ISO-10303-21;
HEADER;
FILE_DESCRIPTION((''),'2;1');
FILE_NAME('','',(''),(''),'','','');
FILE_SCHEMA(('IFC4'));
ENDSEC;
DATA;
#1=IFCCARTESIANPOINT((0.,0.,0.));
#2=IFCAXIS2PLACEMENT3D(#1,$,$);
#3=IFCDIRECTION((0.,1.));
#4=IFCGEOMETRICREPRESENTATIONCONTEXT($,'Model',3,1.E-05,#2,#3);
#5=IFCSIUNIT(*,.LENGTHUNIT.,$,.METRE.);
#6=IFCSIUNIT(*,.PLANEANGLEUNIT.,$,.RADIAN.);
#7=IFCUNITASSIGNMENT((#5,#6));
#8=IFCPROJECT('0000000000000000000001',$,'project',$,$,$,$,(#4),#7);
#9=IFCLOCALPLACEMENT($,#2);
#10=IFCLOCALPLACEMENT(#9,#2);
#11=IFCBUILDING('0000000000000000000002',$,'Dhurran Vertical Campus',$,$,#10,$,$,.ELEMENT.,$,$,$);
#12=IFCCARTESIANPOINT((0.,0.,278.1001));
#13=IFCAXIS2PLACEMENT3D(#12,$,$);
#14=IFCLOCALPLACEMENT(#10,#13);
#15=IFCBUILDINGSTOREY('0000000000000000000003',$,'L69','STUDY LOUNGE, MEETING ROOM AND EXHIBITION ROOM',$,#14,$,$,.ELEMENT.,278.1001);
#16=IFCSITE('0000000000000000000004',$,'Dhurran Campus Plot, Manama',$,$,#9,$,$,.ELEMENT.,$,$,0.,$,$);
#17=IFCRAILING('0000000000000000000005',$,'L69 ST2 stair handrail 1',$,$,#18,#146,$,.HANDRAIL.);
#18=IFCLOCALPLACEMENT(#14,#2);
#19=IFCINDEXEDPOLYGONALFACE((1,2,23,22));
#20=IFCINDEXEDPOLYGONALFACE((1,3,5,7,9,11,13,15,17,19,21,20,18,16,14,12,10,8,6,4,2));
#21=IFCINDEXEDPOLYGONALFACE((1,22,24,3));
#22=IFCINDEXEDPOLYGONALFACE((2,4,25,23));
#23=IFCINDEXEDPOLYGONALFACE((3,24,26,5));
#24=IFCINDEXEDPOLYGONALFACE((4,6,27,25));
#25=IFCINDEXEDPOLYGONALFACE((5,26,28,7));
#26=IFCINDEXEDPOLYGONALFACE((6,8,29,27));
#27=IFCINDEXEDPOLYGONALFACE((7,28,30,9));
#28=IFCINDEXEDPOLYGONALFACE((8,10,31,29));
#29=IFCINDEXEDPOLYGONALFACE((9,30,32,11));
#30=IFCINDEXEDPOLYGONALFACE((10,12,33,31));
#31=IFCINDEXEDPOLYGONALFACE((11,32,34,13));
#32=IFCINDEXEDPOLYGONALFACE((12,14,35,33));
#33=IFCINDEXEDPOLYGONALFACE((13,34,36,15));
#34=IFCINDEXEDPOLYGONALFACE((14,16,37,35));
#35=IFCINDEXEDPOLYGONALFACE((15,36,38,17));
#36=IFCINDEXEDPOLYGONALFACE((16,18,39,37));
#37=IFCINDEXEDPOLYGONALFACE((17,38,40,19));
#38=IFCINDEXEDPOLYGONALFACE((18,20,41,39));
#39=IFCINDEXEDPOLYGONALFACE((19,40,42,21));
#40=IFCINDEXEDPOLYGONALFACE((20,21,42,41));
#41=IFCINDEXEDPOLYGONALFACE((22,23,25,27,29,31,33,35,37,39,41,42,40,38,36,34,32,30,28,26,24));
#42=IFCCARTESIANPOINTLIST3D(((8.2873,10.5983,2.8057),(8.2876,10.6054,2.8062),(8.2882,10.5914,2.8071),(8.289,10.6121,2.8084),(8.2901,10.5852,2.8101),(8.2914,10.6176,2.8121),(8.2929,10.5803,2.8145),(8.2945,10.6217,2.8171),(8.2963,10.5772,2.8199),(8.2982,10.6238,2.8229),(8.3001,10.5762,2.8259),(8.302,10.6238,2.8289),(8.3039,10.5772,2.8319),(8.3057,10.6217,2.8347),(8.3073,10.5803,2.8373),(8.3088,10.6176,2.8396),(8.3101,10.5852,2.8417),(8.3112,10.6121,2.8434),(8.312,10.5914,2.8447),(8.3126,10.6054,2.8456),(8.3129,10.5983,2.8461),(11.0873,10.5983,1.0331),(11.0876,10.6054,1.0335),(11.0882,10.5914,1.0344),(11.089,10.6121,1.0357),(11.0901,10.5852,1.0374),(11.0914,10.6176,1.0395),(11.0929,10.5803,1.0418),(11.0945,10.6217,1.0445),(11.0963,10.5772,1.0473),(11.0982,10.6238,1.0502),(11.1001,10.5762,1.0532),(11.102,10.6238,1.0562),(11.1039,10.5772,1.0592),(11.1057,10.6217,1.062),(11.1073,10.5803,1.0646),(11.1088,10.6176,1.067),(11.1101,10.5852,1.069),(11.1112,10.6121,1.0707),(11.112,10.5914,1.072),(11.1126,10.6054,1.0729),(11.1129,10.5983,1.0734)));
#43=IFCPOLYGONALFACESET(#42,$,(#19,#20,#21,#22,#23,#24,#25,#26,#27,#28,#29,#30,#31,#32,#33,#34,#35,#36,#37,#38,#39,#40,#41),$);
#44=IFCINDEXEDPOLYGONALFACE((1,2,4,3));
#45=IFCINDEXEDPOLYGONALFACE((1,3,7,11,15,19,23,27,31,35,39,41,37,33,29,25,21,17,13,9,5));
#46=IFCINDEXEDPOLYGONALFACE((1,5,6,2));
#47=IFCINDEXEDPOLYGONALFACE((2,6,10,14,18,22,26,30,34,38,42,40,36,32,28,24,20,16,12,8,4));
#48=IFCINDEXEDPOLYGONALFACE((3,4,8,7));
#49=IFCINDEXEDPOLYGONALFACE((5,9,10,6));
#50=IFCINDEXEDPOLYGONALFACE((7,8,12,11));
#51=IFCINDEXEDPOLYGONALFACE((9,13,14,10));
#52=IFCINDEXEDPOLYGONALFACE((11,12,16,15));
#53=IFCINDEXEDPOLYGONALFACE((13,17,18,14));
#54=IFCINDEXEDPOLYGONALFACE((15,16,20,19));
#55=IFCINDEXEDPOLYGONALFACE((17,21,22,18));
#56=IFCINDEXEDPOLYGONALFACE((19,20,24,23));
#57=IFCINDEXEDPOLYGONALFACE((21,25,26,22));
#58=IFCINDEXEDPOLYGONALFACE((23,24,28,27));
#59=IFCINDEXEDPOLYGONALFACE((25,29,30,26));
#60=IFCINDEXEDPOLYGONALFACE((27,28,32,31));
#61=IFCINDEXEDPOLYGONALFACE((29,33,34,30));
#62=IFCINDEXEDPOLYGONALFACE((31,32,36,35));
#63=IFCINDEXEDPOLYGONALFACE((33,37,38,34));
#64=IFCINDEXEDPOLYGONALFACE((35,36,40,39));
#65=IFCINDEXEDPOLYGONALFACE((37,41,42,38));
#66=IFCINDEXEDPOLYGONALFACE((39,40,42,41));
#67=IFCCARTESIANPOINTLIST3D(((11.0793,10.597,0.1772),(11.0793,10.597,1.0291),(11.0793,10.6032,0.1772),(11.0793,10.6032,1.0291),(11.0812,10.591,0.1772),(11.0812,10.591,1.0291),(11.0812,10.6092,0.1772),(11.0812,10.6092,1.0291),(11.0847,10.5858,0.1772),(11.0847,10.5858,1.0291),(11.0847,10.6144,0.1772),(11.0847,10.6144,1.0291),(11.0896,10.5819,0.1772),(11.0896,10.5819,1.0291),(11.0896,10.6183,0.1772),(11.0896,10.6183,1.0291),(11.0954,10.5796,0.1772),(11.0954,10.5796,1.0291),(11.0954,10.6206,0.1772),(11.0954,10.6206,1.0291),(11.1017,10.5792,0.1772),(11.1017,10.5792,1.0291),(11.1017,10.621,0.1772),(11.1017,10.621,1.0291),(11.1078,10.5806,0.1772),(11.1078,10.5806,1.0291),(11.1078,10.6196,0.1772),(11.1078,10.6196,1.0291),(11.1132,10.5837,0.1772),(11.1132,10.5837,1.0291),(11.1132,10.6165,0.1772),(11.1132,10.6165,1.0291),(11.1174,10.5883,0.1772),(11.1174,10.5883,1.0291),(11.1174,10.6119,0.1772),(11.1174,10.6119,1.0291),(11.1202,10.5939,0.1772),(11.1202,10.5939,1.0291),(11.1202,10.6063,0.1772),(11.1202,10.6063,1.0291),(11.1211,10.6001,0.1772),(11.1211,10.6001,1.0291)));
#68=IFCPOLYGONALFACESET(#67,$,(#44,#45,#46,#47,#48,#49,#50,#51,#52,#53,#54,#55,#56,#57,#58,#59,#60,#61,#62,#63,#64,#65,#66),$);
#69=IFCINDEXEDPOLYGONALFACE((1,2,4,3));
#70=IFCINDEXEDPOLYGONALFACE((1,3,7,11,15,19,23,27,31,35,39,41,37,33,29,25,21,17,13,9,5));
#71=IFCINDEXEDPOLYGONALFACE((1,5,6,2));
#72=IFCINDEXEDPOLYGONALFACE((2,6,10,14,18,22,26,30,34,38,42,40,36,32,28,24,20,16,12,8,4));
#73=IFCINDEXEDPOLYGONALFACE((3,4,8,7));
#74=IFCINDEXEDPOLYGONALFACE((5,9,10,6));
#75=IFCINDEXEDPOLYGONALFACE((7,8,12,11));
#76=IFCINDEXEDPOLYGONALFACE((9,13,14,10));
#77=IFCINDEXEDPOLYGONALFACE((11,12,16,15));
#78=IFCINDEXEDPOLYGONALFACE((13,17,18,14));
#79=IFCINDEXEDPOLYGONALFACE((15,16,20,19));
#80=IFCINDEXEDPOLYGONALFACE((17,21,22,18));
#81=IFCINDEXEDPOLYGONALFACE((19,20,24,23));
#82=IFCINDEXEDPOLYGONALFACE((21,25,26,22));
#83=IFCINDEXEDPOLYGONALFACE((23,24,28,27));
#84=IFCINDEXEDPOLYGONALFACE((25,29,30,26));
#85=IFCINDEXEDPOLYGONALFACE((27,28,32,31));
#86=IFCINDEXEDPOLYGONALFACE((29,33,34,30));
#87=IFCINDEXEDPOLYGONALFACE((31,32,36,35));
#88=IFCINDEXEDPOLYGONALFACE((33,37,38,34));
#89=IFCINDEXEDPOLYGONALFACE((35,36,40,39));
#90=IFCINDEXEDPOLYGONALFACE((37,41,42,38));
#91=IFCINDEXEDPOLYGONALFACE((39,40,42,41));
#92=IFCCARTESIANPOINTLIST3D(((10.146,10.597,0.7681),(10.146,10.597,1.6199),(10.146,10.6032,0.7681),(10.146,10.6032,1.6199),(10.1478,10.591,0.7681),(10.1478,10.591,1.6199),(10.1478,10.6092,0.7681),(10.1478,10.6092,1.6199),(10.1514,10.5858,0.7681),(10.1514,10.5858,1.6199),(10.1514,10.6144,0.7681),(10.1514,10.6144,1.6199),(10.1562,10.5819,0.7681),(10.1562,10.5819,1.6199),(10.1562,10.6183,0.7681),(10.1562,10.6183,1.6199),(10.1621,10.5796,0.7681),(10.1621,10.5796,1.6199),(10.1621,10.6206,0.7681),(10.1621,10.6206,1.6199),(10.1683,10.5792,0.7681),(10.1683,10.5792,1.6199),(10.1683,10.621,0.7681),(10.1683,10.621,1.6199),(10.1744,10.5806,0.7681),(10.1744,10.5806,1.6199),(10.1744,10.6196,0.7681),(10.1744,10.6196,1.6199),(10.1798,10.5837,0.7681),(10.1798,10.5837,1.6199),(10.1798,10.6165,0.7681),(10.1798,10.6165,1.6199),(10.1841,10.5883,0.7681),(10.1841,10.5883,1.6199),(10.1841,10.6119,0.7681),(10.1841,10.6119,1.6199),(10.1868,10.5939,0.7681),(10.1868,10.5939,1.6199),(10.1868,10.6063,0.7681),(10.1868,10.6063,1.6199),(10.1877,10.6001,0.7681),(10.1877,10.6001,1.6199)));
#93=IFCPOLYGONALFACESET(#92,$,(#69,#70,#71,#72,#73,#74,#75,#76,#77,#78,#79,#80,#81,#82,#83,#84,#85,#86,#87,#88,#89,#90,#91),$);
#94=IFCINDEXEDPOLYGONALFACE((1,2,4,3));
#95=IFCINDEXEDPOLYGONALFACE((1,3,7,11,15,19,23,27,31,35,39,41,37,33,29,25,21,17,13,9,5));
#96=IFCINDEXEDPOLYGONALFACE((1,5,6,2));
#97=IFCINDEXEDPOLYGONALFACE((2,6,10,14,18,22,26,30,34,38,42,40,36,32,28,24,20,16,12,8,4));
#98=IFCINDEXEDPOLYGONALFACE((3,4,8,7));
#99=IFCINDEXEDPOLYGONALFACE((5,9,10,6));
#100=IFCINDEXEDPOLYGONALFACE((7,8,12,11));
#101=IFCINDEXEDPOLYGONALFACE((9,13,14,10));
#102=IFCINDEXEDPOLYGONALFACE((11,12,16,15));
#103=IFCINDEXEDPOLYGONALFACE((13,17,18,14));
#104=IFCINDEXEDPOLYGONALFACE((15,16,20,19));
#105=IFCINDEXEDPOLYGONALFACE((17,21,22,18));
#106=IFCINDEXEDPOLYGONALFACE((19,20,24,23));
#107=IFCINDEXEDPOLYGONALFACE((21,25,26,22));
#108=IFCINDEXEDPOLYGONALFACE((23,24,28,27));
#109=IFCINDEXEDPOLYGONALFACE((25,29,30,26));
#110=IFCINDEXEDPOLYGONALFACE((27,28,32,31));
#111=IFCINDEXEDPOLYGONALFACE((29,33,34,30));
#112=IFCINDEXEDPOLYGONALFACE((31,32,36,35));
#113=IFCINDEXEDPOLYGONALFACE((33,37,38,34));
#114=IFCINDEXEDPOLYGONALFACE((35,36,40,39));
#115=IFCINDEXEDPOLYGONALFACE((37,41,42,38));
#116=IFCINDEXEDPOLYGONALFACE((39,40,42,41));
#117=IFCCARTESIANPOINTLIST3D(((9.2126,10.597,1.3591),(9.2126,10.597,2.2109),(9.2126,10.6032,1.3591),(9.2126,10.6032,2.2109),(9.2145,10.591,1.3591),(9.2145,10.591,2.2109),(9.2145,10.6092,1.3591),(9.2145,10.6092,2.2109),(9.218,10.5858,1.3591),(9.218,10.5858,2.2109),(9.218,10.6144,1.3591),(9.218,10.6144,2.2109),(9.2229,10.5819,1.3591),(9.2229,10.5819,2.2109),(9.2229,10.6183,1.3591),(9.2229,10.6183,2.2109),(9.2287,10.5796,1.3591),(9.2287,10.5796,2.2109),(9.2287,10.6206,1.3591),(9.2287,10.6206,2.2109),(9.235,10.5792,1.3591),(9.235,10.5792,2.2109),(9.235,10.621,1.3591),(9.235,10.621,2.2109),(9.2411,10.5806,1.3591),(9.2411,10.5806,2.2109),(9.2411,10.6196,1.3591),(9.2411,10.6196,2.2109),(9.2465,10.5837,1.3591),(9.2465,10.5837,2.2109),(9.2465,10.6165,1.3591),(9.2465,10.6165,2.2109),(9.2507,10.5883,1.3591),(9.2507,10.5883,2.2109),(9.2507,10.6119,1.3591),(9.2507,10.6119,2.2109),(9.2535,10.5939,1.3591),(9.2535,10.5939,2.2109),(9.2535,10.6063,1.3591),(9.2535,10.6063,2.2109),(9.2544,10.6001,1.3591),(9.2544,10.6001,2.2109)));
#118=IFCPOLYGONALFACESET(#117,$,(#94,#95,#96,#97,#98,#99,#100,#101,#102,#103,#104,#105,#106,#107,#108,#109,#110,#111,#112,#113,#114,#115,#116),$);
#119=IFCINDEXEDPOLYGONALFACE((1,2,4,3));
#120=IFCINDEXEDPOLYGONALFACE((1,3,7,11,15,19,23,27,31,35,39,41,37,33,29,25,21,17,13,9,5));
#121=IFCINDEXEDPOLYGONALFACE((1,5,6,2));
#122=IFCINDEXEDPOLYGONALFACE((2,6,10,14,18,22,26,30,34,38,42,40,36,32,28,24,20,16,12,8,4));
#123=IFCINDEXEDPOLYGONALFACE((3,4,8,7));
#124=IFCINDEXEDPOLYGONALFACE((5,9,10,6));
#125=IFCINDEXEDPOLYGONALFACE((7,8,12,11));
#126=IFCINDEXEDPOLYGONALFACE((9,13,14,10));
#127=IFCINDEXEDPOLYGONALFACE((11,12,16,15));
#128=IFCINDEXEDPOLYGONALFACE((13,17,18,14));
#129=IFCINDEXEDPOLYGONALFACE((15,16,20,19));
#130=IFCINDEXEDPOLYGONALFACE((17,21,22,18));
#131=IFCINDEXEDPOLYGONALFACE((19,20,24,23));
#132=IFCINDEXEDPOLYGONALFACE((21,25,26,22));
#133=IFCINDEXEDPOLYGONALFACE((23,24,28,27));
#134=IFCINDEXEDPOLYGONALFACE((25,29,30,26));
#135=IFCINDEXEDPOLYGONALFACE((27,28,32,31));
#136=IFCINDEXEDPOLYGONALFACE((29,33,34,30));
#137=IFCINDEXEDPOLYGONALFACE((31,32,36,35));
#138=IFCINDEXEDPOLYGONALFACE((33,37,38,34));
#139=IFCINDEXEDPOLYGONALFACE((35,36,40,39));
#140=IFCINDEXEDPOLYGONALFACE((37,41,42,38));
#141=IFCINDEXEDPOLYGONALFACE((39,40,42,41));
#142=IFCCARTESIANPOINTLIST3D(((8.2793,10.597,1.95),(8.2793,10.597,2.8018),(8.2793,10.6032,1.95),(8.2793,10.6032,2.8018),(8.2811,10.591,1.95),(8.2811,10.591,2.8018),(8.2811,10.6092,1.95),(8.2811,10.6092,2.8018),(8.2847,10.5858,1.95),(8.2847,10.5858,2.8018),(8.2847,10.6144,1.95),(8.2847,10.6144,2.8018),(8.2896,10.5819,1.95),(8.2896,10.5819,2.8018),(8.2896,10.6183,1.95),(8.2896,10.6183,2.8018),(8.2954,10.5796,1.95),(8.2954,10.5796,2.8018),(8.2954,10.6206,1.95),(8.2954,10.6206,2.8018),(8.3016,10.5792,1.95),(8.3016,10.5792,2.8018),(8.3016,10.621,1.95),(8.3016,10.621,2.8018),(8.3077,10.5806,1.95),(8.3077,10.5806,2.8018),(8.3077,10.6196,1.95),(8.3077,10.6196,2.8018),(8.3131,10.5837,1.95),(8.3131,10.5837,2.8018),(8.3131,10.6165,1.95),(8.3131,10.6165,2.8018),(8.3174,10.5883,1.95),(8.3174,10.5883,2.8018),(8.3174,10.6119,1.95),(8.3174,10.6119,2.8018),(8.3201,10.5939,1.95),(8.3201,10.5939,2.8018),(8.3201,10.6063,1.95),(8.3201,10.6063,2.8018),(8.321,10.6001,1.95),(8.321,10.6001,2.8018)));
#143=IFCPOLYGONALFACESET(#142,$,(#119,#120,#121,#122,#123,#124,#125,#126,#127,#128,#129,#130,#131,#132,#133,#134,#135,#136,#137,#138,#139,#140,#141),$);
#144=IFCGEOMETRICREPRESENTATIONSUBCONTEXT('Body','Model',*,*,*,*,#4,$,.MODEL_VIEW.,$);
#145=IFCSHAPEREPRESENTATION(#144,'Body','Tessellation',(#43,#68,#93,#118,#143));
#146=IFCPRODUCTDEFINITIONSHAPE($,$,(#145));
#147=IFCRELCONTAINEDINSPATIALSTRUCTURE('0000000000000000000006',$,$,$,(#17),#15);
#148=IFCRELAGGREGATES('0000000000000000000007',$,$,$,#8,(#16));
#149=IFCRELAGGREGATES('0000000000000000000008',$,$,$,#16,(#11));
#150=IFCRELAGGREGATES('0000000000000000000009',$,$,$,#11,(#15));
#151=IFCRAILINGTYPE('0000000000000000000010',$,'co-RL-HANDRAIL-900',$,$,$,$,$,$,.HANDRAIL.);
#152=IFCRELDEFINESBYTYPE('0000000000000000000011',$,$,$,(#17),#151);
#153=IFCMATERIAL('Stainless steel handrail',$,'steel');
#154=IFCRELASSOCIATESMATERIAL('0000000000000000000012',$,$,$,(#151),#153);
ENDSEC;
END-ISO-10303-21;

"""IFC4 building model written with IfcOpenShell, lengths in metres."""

from ifc_helpers import new_model, si_unit, direction, frame, origin, origin_2d, place, context, subcontext, project, spatial, circle, extrude, material, type_object, element, save


model = new_model("IFC4")

# Units and contexts
model_context = context("Model", 3, precision=1e-05, world=origin(), true_north=direction((0.0, 1.0)))
body_context = subcontext(model_context, "Body", "Model", "MODEL_VIEW")
ifc_project = project(units=[si_unit("LENGTHUNIT", "METRE"), si_unit("PLANEANGLEUNIT", "RADIAN")], contexts=[model_context])

# Site, building, storey
site_placement = place(None, origin())
site = spatial("IfcSite", under=ifc_project, at=site_placement, Name="Dhurran Campus Plot, Manama", CompositionType="ELEMENT", RefElevation=0.0)
building_placement = place(site_placement, origin())
building = spatial("IfcBuilding", under=site, at=building_placement, Name="Dhurran Vertical Campus", CompositionType="ELEMENT")
storey_placement = place(building_placement, frame((0.0, 0.0, 278.1001)))
storey = spatial("IfcBuildingStorey", under=building, at=storey_placement, Name="L69", Description="STUDY LOUNGE, MEETING ROOM AND EXHIBITION ROOM", CompositionType="ELEMENT", Elevation=278.1001)

# Railing
ifc_material_1 = material(Name="Stainless steel handrail", Category="steel")
railing_type = type_object("IfcRailingType", Name="co-RL-HANDRAIL-900", PredefinedType="HANDRAIL", material=ifc_material_1)
railing_placement = place(storey_placement, frame((11.1001, 10.6001, 0.1772)))
element("IfcRailing", 1, at=railing_placement, inside=storey, type_object=railing_type, Name="L69 ST2 stair handrail 1", PredefinedType="HANDRAIL", context=body_context, shape_type="SweptSolid", body=[
    extrude(circle(Radius=0.0239, at=origin_2d()), frame((0.0, 0.0, 0.876), z_axis=(-0.844909, 0.0, 0.53491), x_axis=(0.0, -1.0, 0.0)), (0.0, 0.0, 1.0), 3.314),
    extrude(circle(Radius=0.021, at=origin_2d()), origin(), (0.0, 0.0, 1.0), 0.8518),
    extrude(circle(Radius=0.021, at=origin_2d()), frame((-0.9333, 0.0, 0.5908)), (0.0, 0.0, 1.0), 0.8518),
    extrude(circle(Radius=0.021, at=origin_2d()), frame((-1.8667, 0.0, 1.1819)), (0.0, 0.0, 1.0), 0.8518),
    extrude(circle(Radius=0.021, at=origin_2d()), frame((-2.8, 0.0, 1.7727)), (0.0, 0.0, 1.0), 0.8518),
])

save(model, "model.ifc")
